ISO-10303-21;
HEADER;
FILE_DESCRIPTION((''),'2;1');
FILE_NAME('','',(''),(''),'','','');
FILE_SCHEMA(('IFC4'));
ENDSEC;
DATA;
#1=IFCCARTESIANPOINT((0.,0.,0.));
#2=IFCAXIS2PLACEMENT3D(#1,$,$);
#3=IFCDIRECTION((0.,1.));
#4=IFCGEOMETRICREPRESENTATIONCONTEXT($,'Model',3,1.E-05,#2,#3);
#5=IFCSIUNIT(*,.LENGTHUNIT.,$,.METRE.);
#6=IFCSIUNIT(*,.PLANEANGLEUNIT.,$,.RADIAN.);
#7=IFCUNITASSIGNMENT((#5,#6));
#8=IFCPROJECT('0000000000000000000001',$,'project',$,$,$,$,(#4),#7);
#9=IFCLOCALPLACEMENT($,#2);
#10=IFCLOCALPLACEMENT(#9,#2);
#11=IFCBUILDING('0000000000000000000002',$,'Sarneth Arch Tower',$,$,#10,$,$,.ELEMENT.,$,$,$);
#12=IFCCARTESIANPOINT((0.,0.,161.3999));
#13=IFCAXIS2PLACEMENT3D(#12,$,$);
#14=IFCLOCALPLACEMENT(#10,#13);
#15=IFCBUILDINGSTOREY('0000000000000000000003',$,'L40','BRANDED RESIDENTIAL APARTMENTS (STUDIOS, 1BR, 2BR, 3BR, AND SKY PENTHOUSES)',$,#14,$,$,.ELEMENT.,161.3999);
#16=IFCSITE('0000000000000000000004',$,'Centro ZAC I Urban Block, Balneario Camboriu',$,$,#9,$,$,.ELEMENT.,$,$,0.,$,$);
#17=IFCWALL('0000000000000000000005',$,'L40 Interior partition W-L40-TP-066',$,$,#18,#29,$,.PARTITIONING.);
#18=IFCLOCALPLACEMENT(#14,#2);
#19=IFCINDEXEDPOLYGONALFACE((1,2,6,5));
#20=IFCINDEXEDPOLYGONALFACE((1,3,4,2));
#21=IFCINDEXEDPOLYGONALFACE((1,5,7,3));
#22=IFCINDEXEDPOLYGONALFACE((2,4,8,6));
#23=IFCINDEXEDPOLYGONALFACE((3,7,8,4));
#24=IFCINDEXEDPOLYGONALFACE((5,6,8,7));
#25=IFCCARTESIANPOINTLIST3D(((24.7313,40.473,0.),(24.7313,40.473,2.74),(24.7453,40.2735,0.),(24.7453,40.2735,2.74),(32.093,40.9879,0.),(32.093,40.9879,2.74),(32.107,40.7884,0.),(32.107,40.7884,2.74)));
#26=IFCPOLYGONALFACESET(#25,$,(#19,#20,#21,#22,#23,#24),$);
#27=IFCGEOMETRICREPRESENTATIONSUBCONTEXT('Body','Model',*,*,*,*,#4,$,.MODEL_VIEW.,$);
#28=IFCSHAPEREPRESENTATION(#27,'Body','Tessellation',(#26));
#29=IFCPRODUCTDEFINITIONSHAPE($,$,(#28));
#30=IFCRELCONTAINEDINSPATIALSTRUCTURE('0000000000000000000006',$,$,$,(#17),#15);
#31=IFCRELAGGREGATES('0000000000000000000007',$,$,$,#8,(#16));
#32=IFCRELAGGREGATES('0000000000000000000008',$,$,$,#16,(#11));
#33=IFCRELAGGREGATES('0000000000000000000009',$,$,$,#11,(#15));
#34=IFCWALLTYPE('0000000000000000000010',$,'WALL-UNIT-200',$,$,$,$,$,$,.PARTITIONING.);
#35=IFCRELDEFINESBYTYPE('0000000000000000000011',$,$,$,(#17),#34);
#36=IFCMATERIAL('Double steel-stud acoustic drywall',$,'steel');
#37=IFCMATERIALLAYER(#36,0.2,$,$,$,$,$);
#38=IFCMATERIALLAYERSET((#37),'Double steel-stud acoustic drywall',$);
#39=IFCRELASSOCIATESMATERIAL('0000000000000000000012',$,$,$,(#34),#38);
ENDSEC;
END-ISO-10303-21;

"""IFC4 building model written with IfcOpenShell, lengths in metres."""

from ifc_helpers import new_model, si_unit, direction, frame, frame_2d, origin, place, context, subcontext, project, spatial, rectangle, extrude, material, layer, layer_set, type_object, element, save


model = new_model("IFC4")

# Units and contexts
model_context = context("Model", 3, precision=1e-05, world=origin(), true_north=direction((0.0, 1.0)))
body_context = subcontext(model_context, "Body", "Model", "MODEL_VIEW")
ifc_project = project(units=[si_unit("LENGTHUNIT", "METRE"), si_unit("PLANEANGLEUNIT", "RADIAN")], contexts=[model_context])

# Site, building, storey
site_placement = place(None, origin())
site = spatial("IfcSite", under=ifc_project, at=site_placement, Name="Centro ZAC I Urban Block, Balneario Camboriu", CompositionType="ELEMENT", RefElevation=0.0)
building_placement = place(site_placement, origin())
building = spatial("IfcBuilding", under=site, at=building_placement, Name="Sarneth Arch Tower", CompositionType="ELEMENT")
storey_placement = place(building_placement, frame((0.0, 0.0, 161.3999)))
storey = spatial("IfcBuildingStorey", under=building, at=storey_placement, Name="L40", Description="BRANDED RESIDENTIAL APARTMENTS (STUDIOS, 1BR, 2BR, 3BR, AND SKY PENTHOUSES)", CompositionType="ELEMENT", Elevation=161.3999)

# Wall
ifc_material_1 = material(Name="Double steel-stud acoustic drywall", Category="steel")
ifc_layer_1 = layer(ifc_material_1, 0.2)
ifc_layer_set_1 = layer_set([ifc_layer_1], Name="Double steel-stud acoustic drywall")
wall_type_1 = type_object("IfcWallType", Name="WALL-UNIT-200", PredefinedType="PARTITIONING", material=ifc_layer_set_1)
wall_1_placement = place(storey_placement, frame((32.1001, 40.8882, 0.0), z_axis=(0.0, 0.0, 1.0), x_axis=(-0.997563, -0.069773, 0.0)))
element("IfcWall", 1, at=wall_1_placement, inside=storey, type_object=wall_type_1, Name="L40 Interior partition W-L40-TP-066", PredefinedType="PARTITIONING", context=body_context, shape_type="SweptSolid", body=[
    extrude(rectangle(XDim=7.3796, YDim=0.2, at=frame_2d((3.6899, 0.0))), origin(), (0.0, 0.0, 1.0), 2.74),
])

save(model, "model.ifc")
